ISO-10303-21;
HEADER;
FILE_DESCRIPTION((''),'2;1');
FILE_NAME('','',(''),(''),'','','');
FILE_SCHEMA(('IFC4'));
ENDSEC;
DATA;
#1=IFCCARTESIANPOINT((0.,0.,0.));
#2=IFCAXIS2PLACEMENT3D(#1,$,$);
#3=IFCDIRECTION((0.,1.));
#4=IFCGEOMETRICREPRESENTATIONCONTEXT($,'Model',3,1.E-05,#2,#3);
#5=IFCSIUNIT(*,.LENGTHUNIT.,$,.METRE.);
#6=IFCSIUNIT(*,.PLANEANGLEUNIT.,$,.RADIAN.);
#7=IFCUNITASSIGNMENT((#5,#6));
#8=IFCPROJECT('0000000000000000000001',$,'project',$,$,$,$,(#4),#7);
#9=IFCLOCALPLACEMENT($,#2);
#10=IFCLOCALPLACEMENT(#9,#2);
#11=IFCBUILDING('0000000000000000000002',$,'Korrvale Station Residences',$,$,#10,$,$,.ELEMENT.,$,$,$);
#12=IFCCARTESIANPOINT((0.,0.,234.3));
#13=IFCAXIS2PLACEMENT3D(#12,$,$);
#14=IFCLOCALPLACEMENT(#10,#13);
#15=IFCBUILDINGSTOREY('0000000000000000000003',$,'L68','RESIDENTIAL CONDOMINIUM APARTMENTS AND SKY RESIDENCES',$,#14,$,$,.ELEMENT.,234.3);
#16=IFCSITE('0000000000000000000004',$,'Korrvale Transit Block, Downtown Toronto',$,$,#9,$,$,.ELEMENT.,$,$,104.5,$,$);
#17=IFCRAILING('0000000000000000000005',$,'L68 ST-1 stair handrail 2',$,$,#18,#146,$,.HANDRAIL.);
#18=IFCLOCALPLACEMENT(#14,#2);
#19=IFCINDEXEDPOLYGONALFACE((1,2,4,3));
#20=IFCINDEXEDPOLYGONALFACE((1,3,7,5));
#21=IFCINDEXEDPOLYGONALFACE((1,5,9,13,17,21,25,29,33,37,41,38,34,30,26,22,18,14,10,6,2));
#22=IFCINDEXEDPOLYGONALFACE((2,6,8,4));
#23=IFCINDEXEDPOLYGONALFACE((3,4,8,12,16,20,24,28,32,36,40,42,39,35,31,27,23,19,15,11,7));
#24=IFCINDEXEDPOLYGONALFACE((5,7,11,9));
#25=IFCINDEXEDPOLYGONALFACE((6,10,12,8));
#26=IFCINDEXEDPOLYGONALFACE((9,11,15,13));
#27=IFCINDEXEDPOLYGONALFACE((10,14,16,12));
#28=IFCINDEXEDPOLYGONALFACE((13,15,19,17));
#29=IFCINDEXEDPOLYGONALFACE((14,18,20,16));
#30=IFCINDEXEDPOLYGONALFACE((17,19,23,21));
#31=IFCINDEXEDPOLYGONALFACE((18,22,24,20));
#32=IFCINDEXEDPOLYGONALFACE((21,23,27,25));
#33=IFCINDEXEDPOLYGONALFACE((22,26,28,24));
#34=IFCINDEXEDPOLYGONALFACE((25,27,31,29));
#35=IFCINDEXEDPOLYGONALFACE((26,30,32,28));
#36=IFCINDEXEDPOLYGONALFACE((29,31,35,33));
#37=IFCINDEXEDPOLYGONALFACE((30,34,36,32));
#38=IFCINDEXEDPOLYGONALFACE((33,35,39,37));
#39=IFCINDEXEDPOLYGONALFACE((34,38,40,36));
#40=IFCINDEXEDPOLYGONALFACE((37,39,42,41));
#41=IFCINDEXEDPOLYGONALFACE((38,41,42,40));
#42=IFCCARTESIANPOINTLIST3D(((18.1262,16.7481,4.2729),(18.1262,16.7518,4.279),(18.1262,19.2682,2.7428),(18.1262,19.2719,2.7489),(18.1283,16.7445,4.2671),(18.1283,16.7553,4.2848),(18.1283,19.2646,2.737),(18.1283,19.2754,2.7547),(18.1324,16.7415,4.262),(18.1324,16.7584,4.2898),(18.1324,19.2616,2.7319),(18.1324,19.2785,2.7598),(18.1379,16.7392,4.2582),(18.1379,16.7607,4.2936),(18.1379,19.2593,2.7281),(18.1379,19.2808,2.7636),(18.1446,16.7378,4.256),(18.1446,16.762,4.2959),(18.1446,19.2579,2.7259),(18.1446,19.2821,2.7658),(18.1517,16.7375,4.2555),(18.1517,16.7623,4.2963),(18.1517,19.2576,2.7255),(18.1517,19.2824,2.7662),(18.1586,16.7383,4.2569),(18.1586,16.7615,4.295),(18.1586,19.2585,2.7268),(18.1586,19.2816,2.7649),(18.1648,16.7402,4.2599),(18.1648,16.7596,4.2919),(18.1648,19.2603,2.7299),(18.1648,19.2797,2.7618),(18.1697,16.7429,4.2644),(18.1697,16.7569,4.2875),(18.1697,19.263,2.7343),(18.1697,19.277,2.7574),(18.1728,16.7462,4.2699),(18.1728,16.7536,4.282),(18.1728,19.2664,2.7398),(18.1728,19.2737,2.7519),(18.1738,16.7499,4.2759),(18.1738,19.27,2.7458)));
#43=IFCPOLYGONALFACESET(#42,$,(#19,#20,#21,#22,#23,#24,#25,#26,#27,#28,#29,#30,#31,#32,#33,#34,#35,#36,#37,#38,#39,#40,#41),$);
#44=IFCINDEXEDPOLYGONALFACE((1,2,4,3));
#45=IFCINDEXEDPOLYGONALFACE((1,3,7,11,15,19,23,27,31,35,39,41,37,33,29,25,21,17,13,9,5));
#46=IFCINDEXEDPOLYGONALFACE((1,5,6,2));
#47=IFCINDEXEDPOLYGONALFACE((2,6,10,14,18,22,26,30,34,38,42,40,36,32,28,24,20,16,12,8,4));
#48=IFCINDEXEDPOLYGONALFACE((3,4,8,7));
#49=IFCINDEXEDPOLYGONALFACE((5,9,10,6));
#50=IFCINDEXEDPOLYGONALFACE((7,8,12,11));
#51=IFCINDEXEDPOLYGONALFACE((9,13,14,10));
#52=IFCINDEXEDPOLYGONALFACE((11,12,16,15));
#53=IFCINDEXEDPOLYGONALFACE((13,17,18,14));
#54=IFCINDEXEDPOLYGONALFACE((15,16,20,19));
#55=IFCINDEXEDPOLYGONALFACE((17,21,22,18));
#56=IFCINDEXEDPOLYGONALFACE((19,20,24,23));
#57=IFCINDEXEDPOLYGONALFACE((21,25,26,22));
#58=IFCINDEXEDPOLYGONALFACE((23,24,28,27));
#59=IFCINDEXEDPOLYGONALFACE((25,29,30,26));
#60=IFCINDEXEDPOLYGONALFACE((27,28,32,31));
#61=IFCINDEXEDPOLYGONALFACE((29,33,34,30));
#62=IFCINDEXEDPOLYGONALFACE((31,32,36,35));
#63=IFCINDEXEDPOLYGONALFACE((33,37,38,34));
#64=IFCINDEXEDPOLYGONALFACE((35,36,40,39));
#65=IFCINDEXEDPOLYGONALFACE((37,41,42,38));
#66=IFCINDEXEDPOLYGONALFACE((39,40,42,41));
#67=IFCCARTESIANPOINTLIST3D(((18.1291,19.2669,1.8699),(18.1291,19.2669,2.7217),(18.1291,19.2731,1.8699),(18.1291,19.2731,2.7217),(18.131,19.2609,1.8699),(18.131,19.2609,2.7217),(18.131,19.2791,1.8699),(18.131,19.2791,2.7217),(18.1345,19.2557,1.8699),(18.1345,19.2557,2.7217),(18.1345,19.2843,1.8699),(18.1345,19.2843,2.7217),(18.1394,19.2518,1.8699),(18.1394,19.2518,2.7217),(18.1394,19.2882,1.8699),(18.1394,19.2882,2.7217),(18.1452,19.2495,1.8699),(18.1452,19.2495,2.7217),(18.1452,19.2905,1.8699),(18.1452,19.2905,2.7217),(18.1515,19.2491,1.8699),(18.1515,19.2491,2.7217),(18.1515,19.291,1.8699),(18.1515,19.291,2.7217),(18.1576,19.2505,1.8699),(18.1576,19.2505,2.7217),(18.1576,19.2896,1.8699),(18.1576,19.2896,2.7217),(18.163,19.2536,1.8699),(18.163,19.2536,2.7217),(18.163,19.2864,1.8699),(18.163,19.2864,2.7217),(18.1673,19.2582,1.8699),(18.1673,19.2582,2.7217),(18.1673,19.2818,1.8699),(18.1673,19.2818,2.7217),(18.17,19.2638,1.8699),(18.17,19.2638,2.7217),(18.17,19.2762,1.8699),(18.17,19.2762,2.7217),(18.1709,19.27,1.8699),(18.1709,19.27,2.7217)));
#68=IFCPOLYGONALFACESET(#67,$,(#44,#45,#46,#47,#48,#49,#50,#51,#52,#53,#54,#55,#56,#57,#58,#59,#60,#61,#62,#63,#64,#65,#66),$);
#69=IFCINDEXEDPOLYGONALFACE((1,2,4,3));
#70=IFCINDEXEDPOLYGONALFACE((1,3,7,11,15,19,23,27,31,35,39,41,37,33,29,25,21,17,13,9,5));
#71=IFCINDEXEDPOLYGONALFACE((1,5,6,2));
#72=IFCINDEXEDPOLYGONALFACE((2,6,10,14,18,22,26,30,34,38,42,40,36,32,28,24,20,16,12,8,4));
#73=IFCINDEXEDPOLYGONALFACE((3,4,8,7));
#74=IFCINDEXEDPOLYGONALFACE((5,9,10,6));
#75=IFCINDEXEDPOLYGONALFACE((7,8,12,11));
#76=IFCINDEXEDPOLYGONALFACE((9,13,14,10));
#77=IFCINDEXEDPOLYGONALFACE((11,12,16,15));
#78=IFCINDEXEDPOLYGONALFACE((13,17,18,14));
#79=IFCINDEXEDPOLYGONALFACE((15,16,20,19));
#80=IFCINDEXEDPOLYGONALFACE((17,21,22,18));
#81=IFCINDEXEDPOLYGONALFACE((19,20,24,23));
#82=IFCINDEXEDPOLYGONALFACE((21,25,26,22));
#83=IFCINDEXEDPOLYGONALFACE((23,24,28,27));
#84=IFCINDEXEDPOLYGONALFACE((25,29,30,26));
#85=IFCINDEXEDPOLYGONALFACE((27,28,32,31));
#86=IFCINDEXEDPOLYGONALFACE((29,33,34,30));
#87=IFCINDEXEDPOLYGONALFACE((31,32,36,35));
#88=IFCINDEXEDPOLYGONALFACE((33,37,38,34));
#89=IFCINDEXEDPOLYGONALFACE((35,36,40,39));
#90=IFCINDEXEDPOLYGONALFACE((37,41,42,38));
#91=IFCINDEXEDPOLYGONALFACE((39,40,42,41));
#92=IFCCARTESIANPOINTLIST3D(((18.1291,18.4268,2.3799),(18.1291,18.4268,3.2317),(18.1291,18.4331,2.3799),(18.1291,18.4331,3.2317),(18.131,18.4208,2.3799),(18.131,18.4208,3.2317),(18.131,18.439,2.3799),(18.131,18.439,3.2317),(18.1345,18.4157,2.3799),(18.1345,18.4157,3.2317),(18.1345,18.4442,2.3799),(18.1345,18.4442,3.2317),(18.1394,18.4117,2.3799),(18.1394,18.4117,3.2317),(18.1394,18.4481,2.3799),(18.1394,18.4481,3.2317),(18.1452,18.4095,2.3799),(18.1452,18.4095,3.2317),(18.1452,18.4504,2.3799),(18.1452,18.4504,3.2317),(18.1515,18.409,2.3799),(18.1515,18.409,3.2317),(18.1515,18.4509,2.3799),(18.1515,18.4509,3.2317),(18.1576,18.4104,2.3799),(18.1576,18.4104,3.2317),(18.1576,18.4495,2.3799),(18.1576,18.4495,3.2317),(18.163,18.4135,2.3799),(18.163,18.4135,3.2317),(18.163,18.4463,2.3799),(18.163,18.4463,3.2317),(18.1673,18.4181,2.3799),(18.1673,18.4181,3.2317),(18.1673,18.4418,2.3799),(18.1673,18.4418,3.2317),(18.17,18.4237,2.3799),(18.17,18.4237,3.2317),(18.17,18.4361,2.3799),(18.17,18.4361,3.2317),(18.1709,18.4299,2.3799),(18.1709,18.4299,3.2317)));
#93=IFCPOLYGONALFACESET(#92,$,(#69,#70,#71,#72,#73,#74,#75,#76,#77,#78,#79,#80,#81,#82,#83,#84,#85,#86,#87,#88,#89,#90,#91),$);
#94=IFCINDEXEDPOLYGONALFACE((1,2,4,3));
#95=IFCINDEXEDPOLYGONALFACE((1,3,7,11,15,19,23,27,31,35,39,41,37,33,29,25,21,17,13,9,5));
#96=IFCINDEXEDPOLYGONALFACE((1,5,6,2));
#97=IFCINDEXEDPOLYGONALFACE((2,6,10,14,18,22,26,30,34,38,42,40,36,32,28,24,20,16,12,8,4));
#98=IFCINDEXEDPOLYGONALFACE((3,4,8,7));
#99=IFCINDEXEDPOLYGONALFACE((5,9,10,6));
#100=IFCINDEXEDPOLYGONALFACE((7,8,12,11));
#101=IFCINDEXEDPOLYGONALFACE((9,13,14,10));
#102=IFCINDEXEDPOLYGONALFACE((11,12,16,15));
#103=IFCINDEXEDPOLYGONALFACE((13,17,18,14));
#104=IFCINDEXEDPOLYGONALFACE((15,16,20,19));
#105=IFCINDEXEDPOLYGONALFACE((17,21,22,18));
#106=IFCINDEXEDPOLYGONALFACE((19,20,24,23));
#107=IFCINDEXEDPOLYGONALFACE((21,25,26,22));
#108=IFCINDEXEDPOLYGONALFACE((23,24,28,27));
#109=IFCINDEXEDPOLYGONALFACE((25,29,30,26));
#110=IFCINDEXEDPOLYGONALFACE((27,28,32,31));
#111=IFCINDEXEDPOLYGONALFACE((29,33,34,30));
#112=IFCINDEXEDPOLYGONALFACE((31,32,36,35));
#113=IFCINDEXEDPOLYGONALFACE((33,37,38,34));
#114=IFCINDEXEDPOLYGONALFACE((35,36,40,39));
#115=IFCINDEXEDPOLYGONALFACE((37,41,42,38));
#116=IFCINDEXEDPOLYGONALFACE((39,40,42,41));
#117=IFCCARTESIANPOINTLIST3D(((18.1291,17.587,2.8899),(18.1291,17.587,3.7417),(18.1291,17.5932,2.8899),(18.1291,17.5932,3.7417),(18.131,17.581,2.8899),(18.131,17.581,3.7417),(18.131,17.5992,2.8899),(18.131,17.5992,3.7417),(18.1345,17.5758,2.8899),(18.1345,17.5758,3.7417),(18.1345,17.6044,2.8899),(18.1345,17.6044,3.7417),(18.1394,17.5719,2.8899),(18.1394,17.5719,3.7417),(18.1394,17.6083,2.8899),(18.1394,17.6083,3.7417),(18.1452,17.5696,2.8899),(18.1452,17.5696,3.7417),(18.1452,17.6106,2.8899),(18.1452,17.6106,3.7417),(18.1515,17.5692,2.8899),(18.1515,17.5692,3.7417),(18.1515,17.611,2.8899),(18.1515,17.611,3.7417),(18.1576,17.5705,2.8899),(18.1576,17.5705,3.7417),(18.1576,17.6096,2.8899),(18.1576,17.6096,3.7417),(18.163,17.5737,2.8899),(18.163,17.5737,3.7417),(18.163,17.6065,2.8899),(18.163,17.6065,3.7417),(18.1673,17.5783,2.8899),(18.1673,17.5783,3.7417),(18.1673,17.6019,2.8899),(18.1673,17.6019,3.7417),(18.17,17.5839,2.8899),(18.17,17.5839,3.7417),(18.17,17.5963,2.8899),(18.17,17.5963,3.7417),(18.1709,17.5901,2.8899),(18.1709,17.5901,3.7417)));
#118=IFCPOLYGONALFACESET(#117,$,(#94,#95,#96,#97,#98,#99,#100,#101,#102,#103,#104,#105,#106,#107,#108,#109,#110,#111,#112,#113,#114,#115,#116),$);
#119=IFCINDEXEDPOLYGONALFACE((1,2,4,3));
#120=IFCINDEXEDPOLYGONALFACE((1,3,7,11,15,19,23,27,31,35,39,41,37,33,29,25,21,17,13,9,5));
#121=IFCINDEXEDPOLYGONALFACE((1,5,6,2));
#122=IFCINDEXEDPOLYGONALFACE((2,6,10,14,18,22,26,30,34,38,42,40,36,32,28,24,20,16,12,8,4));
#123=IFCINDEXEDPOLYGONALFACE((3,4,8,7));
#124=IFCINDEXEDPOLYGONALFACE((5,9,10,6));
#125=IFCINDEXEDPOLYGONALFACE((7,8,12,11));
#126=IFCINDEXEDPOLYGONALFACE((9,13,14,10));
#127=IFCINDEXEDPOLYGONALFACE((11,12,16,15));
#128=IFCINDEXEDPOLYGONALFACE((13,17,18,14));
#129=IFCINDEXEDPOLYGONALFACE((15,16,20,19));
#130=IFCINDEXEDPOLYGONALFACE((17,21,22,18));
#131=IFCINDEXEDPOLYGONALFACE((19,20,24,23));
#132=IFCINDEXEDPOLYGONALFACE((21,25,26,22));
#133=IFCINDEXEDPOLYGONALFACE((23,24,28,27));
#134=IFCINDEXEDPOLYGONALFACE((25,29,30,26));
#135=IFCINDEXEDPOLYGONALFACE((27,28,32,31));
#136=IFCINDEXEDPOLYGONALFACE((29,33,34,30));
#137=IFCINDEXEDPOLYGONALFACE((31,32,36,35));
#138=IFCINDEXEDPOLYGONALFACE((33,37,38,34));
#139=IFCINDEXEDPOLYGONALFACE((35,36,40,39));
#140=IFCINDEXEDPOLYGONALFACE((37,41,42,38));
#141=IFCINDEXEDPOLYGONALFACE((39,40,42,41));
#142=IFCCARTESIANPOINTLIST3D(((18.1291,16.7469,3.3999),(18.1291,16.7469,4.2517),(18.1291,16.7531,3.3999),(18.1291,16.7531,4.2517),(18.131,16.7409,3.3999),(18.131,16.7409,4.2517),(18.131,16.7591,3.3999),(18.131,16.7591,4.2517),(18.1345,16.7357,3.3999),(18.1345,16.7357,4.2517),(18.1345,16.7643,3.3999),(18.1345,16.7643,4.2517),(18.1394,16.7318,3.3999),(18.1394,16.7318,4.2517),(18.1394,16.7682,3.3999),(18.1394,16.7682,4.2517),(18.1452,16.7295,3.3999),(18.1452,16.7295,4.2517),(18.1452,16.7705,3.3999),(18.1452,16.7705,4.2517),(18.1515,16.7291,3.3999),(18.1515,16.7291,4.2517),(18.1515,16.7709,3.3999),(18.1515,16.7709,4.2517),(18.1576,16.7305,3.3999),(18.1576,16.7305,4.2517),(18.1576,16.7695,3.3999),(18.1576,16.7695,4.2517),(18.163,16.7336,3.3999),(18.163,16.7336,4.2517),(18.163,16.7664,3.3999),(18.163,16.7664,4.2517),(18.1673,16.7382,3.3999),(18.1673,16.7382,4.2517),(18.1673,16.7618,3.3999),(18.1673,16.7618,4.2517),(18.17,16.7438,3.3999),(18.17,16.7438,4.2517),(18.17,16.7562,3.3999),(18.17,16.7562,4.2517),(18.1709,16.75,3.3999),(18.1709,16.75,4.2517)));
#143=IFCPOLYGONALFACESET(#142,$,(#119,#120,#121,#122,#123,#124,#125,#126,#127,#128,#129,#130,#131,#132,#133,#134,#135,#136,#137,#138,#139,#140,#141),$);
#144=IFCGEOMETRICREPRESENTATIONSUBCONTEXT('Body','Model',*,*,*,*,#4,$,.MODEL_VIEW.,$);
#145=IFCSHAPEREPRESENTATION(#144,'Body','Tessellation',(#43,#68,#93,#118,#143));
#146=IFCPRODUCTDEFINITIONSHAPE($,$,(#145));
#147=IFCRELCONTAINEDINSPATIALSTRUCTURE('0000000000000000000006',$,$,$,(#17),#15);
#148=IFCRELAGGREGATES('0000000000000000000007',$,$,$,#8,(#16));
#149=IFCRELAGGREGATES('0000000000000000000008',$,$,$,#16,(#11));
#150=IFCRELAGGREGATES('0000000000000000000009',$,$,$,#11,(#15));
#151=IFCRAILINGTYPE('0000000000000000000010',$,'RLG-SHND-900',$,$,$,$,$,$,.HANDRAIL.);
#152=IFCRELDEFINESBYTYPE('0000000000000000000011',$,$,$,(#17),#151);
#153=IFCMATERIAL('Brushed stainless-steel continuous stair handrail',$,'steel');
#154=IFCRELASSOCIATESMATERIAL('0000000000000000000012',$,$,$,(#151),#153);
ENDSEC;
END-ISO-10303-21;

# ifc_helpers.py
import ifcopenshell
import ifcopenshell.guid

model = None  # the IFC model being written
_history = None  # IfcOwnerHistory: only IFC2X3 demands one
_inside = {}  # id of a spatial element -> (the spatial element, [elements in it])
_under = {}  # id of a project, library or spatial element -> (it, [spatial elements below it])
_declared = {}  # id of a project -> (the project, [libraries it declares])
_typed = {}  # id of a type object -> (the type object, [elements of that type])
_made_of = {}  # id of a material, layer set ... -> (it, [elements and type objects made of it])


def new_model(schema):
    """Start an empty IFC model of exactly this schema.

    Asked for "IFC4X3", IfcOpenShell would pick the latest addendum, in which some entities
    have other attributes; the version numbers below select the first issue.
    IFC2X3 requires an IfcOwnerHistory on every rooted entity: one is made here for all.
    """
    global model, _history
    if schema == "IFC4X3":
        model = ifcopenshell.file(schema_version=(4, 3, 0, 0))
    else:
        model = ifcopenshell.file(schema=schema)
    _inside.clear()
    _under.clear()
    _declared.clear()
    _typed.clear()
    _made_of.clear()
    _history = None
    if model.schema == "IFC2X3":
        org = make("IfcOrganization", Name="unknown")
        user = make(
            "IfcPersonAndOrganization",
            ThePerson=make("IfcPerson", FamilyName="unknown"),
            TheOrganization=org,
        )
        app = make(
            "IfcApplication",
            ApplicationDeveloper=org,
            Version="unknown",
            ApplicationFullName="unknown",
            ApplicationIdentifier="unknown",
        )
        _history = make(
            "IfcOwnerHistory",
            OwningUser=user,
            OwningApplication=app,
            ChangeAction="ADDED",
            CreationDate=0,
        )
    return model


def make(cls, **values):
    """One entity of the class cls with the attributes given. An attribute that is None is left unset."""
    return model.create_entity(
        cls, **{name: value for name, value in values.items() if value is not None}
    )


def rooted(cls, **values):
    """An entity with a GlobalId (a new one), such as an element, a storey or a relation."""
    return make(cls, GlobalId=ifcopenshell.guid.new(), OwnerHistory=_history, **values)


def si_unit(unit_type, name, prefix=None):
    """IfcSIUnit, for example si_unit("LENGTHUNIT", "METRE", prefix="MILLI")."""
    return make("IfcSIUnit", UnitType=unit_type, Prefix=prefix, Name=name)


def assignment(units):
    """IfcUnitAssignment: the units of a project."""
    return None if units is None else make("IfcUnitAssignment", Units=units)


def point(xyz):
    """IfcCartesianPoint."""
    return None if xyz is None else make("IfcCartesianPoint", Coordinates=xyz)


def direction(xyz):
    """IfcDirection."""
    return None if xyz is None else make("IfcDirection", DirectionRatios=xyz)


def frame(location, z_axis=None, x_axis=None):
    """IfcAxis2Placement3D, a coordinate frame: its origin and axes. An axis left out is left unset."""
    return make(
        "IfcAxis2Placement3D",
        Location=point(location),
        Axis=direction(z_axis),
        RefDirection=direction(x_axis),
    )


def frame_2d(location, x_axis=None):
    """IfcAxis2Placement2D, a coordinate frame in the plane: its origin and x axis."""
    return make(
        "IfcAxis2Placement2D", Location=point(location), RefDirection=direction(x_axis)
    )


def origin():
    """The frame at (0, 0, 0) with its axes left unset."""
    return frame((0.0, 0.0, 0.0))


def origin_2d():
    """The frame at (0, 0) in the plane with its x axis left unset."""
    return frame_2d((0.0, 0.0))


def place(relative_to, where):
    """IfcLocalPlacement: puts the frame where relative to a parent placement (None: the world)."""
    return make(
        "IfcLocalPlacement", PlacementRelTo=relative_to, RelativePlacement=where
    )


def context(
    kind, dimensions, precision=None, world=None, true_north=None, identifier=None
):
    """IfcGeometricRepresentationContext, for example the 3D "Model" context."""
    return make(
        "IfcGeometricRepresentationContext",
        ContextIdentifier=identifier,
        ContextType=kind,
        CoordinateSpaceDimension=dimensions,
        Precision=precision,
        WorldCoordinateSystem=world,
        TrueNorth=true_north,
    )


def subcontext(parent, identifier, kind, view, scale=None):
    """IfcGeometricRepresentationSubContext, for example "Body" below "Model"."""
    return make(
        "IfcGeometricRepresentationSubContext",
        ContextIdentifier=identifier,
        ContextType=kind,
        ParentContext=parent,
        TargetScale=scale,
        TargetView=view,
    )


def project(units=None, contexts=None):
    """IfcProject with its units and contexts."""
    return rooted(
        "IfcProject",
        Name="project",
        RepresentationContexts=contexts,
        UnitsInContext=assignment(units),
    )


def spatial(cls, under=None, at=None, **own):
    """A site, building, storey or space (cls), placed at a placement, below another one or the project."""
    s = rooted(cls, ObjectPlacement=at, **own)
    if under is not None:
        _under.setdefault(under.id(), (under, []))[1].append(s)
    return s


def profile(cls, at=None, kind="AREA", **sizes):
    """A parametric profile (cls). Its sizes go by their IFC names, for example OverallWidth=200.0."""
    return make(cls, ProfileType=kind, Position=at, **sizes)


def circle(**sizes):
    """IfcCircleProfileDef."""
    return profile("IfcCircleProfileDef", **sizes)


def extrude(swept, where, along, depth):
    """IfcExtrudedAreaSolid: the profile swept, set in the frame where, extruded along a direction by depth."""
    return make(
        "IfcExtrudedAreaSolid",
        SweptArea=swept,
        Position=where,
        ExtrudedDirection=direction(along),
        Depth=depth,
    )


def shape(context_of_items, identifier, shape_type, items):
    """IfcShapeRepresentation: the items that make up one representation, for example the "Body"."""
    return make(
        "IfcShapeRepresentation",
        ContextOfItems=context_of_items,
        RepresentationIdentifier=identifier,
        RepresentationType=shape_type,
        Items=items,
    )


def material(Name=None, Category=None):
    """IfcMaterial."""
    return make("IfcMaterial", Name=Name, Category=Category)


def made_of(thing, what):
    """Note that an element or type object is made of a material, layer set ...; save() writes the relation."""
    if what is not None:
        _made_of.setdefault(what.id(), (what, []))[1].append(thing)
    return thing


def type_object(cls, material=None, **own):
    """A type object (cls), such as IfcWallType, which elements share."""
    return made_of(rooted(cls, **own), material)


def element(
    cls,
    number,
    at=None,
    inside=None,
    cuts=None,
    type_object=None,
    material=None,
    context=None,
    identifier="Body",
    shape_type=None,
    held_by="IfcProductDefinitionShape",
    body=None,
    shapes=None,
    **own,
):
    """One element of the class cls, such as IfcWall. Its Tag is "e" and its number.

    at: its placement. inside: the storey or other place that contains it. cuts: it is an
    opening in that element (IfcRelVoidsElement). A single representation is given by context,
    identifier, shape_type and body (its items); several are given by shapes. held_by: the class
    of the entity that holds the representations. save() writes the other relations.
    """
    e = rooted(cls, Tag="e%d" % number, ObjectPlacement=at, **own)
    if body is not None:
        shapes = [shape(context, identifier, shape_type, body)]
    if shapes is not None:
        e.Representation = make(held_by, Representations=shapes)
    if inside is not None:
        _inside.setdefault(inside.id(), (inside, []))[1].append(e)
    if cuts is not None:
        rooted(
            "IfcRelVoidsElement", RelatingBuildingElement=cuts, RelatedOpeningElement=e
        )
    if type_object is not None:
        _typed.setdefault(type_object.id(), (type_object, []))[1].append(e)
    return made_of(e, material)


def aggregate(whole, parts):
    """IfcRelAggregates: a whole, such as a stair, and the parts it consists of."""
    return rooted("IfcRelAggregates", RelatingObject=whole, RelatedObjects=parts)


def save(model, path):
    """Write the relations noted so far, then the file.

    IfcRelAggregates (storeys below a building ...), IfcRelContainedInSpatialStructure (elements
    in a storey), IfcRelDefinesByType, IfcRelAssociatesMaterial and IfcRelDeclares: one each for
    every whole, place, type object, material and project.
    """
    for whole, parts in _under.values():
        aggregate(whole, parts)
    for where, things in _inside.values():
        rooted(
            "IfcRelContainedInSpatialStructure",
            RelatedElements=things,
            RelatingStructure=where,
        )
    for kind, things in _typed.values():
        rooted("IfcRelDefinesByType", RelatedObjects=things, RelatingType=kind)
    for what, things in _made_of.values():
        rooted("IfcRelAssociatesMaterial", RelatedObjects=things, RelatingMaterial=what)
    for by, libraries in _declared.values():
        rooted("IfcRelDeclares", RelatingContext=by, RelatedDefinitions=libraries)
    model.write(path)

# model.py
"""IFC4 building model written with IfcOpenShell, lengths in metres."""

from ifc_helpers import new_model, si_unit, direction, frame, origin, origin_2d, place, context, subcontext, project, spatial, circle, extrude, material, type_object, element, save


model = new_model("IFC4")

# Units and contexts
model_context = context("Model", 3, precision=1e-05, world=origin(), true_north=direction((0.0, 1.0)))
body_context = subcontext(model_context, "Body", "Model", "MODEL_VIEW")
ifc_project = project(units=[si_unit("LENGTHUNIT", "METRE"), si_unit("PLANEANGLEUNIT", "RADIAN")], contexts=[model_context])

# Site, building, storey
site_placement = place(None, origin())
site = spatial("IfcSite", under=ifc_project, at=site_placement, Name="Korrvale Transit Block, Downtown Toronto", CompositionType="ELEMENT", RefElevation=104.5)
building_placement = place(site_placement, origin())
building = spatial("IfcBuilding", under=site, at=building_placement, Name="Korrvale Station Residences", CompositionType="ELEMENT")
storey_placement = place(building_placement, frame((0.0, 0.0, 234.3)))
storey = spatial("IfcBuildingStorey", under=building, at=storey_placement, Name="L68", Description="RESIDENTIAL CONDOMINIUM APARTMENTS AND SKY RESIDENCES", CompositionType="ELEMENT", Elevation=234.3)

# Railing
ifc_material_1 = material(Name="Brushed stainless-steel continuous stair handrail", Category="steel")
railing_type_1 = type_object("IfcRailingType", Name="RLG-SHND-900", PredefinedType="HANDRAIL", material=ifc_material_1)
railing_1_placement = place(storey_placement, frame((18.1499, 19.27, 1.8699)))
element("IfcRailing", 1, at=railing_1_placement, inside=storey, type_object=railing_type_1, Name="L68 ST-1 stair handrail 2", PredefinedType="HANDRAIL", context=body_context, shape_type="SweptSolid", body=[
    extrude(circle(Radius=0.0239, at=origin_2d()), frame((0.0, 0.0, 0.876), z_axis=(0.0, -0.854785, 0.518982), x_axis=(1.0, 0.0, 0.0)), (0.0, 0.0, 1.0), 2.9482),
    extrude(circle(Radius=0.021, at=origin_2d()), origin(), (0.0, 0.0, 1.0), 0.8518),
    extrude(circle(Radius=0.021, at=origin_2d()), frame((0.0, -0.8401, 0.51)), (0.0, 0.0, 1.0), 0.8518),
    extrude(circle(Radius=0.021, at=origin_2d()), frame((0.0, -1.6799, 1.02)), (0.0, 0.0, 1.0), 0.8518),
    extrude(circle(Radius=0.021, at=origin_2d()), frame((0.0, -2.52, 1.53)), (0.0, 0.0, 1.0), 0.8518),
])

save(model, "model.ifc")
